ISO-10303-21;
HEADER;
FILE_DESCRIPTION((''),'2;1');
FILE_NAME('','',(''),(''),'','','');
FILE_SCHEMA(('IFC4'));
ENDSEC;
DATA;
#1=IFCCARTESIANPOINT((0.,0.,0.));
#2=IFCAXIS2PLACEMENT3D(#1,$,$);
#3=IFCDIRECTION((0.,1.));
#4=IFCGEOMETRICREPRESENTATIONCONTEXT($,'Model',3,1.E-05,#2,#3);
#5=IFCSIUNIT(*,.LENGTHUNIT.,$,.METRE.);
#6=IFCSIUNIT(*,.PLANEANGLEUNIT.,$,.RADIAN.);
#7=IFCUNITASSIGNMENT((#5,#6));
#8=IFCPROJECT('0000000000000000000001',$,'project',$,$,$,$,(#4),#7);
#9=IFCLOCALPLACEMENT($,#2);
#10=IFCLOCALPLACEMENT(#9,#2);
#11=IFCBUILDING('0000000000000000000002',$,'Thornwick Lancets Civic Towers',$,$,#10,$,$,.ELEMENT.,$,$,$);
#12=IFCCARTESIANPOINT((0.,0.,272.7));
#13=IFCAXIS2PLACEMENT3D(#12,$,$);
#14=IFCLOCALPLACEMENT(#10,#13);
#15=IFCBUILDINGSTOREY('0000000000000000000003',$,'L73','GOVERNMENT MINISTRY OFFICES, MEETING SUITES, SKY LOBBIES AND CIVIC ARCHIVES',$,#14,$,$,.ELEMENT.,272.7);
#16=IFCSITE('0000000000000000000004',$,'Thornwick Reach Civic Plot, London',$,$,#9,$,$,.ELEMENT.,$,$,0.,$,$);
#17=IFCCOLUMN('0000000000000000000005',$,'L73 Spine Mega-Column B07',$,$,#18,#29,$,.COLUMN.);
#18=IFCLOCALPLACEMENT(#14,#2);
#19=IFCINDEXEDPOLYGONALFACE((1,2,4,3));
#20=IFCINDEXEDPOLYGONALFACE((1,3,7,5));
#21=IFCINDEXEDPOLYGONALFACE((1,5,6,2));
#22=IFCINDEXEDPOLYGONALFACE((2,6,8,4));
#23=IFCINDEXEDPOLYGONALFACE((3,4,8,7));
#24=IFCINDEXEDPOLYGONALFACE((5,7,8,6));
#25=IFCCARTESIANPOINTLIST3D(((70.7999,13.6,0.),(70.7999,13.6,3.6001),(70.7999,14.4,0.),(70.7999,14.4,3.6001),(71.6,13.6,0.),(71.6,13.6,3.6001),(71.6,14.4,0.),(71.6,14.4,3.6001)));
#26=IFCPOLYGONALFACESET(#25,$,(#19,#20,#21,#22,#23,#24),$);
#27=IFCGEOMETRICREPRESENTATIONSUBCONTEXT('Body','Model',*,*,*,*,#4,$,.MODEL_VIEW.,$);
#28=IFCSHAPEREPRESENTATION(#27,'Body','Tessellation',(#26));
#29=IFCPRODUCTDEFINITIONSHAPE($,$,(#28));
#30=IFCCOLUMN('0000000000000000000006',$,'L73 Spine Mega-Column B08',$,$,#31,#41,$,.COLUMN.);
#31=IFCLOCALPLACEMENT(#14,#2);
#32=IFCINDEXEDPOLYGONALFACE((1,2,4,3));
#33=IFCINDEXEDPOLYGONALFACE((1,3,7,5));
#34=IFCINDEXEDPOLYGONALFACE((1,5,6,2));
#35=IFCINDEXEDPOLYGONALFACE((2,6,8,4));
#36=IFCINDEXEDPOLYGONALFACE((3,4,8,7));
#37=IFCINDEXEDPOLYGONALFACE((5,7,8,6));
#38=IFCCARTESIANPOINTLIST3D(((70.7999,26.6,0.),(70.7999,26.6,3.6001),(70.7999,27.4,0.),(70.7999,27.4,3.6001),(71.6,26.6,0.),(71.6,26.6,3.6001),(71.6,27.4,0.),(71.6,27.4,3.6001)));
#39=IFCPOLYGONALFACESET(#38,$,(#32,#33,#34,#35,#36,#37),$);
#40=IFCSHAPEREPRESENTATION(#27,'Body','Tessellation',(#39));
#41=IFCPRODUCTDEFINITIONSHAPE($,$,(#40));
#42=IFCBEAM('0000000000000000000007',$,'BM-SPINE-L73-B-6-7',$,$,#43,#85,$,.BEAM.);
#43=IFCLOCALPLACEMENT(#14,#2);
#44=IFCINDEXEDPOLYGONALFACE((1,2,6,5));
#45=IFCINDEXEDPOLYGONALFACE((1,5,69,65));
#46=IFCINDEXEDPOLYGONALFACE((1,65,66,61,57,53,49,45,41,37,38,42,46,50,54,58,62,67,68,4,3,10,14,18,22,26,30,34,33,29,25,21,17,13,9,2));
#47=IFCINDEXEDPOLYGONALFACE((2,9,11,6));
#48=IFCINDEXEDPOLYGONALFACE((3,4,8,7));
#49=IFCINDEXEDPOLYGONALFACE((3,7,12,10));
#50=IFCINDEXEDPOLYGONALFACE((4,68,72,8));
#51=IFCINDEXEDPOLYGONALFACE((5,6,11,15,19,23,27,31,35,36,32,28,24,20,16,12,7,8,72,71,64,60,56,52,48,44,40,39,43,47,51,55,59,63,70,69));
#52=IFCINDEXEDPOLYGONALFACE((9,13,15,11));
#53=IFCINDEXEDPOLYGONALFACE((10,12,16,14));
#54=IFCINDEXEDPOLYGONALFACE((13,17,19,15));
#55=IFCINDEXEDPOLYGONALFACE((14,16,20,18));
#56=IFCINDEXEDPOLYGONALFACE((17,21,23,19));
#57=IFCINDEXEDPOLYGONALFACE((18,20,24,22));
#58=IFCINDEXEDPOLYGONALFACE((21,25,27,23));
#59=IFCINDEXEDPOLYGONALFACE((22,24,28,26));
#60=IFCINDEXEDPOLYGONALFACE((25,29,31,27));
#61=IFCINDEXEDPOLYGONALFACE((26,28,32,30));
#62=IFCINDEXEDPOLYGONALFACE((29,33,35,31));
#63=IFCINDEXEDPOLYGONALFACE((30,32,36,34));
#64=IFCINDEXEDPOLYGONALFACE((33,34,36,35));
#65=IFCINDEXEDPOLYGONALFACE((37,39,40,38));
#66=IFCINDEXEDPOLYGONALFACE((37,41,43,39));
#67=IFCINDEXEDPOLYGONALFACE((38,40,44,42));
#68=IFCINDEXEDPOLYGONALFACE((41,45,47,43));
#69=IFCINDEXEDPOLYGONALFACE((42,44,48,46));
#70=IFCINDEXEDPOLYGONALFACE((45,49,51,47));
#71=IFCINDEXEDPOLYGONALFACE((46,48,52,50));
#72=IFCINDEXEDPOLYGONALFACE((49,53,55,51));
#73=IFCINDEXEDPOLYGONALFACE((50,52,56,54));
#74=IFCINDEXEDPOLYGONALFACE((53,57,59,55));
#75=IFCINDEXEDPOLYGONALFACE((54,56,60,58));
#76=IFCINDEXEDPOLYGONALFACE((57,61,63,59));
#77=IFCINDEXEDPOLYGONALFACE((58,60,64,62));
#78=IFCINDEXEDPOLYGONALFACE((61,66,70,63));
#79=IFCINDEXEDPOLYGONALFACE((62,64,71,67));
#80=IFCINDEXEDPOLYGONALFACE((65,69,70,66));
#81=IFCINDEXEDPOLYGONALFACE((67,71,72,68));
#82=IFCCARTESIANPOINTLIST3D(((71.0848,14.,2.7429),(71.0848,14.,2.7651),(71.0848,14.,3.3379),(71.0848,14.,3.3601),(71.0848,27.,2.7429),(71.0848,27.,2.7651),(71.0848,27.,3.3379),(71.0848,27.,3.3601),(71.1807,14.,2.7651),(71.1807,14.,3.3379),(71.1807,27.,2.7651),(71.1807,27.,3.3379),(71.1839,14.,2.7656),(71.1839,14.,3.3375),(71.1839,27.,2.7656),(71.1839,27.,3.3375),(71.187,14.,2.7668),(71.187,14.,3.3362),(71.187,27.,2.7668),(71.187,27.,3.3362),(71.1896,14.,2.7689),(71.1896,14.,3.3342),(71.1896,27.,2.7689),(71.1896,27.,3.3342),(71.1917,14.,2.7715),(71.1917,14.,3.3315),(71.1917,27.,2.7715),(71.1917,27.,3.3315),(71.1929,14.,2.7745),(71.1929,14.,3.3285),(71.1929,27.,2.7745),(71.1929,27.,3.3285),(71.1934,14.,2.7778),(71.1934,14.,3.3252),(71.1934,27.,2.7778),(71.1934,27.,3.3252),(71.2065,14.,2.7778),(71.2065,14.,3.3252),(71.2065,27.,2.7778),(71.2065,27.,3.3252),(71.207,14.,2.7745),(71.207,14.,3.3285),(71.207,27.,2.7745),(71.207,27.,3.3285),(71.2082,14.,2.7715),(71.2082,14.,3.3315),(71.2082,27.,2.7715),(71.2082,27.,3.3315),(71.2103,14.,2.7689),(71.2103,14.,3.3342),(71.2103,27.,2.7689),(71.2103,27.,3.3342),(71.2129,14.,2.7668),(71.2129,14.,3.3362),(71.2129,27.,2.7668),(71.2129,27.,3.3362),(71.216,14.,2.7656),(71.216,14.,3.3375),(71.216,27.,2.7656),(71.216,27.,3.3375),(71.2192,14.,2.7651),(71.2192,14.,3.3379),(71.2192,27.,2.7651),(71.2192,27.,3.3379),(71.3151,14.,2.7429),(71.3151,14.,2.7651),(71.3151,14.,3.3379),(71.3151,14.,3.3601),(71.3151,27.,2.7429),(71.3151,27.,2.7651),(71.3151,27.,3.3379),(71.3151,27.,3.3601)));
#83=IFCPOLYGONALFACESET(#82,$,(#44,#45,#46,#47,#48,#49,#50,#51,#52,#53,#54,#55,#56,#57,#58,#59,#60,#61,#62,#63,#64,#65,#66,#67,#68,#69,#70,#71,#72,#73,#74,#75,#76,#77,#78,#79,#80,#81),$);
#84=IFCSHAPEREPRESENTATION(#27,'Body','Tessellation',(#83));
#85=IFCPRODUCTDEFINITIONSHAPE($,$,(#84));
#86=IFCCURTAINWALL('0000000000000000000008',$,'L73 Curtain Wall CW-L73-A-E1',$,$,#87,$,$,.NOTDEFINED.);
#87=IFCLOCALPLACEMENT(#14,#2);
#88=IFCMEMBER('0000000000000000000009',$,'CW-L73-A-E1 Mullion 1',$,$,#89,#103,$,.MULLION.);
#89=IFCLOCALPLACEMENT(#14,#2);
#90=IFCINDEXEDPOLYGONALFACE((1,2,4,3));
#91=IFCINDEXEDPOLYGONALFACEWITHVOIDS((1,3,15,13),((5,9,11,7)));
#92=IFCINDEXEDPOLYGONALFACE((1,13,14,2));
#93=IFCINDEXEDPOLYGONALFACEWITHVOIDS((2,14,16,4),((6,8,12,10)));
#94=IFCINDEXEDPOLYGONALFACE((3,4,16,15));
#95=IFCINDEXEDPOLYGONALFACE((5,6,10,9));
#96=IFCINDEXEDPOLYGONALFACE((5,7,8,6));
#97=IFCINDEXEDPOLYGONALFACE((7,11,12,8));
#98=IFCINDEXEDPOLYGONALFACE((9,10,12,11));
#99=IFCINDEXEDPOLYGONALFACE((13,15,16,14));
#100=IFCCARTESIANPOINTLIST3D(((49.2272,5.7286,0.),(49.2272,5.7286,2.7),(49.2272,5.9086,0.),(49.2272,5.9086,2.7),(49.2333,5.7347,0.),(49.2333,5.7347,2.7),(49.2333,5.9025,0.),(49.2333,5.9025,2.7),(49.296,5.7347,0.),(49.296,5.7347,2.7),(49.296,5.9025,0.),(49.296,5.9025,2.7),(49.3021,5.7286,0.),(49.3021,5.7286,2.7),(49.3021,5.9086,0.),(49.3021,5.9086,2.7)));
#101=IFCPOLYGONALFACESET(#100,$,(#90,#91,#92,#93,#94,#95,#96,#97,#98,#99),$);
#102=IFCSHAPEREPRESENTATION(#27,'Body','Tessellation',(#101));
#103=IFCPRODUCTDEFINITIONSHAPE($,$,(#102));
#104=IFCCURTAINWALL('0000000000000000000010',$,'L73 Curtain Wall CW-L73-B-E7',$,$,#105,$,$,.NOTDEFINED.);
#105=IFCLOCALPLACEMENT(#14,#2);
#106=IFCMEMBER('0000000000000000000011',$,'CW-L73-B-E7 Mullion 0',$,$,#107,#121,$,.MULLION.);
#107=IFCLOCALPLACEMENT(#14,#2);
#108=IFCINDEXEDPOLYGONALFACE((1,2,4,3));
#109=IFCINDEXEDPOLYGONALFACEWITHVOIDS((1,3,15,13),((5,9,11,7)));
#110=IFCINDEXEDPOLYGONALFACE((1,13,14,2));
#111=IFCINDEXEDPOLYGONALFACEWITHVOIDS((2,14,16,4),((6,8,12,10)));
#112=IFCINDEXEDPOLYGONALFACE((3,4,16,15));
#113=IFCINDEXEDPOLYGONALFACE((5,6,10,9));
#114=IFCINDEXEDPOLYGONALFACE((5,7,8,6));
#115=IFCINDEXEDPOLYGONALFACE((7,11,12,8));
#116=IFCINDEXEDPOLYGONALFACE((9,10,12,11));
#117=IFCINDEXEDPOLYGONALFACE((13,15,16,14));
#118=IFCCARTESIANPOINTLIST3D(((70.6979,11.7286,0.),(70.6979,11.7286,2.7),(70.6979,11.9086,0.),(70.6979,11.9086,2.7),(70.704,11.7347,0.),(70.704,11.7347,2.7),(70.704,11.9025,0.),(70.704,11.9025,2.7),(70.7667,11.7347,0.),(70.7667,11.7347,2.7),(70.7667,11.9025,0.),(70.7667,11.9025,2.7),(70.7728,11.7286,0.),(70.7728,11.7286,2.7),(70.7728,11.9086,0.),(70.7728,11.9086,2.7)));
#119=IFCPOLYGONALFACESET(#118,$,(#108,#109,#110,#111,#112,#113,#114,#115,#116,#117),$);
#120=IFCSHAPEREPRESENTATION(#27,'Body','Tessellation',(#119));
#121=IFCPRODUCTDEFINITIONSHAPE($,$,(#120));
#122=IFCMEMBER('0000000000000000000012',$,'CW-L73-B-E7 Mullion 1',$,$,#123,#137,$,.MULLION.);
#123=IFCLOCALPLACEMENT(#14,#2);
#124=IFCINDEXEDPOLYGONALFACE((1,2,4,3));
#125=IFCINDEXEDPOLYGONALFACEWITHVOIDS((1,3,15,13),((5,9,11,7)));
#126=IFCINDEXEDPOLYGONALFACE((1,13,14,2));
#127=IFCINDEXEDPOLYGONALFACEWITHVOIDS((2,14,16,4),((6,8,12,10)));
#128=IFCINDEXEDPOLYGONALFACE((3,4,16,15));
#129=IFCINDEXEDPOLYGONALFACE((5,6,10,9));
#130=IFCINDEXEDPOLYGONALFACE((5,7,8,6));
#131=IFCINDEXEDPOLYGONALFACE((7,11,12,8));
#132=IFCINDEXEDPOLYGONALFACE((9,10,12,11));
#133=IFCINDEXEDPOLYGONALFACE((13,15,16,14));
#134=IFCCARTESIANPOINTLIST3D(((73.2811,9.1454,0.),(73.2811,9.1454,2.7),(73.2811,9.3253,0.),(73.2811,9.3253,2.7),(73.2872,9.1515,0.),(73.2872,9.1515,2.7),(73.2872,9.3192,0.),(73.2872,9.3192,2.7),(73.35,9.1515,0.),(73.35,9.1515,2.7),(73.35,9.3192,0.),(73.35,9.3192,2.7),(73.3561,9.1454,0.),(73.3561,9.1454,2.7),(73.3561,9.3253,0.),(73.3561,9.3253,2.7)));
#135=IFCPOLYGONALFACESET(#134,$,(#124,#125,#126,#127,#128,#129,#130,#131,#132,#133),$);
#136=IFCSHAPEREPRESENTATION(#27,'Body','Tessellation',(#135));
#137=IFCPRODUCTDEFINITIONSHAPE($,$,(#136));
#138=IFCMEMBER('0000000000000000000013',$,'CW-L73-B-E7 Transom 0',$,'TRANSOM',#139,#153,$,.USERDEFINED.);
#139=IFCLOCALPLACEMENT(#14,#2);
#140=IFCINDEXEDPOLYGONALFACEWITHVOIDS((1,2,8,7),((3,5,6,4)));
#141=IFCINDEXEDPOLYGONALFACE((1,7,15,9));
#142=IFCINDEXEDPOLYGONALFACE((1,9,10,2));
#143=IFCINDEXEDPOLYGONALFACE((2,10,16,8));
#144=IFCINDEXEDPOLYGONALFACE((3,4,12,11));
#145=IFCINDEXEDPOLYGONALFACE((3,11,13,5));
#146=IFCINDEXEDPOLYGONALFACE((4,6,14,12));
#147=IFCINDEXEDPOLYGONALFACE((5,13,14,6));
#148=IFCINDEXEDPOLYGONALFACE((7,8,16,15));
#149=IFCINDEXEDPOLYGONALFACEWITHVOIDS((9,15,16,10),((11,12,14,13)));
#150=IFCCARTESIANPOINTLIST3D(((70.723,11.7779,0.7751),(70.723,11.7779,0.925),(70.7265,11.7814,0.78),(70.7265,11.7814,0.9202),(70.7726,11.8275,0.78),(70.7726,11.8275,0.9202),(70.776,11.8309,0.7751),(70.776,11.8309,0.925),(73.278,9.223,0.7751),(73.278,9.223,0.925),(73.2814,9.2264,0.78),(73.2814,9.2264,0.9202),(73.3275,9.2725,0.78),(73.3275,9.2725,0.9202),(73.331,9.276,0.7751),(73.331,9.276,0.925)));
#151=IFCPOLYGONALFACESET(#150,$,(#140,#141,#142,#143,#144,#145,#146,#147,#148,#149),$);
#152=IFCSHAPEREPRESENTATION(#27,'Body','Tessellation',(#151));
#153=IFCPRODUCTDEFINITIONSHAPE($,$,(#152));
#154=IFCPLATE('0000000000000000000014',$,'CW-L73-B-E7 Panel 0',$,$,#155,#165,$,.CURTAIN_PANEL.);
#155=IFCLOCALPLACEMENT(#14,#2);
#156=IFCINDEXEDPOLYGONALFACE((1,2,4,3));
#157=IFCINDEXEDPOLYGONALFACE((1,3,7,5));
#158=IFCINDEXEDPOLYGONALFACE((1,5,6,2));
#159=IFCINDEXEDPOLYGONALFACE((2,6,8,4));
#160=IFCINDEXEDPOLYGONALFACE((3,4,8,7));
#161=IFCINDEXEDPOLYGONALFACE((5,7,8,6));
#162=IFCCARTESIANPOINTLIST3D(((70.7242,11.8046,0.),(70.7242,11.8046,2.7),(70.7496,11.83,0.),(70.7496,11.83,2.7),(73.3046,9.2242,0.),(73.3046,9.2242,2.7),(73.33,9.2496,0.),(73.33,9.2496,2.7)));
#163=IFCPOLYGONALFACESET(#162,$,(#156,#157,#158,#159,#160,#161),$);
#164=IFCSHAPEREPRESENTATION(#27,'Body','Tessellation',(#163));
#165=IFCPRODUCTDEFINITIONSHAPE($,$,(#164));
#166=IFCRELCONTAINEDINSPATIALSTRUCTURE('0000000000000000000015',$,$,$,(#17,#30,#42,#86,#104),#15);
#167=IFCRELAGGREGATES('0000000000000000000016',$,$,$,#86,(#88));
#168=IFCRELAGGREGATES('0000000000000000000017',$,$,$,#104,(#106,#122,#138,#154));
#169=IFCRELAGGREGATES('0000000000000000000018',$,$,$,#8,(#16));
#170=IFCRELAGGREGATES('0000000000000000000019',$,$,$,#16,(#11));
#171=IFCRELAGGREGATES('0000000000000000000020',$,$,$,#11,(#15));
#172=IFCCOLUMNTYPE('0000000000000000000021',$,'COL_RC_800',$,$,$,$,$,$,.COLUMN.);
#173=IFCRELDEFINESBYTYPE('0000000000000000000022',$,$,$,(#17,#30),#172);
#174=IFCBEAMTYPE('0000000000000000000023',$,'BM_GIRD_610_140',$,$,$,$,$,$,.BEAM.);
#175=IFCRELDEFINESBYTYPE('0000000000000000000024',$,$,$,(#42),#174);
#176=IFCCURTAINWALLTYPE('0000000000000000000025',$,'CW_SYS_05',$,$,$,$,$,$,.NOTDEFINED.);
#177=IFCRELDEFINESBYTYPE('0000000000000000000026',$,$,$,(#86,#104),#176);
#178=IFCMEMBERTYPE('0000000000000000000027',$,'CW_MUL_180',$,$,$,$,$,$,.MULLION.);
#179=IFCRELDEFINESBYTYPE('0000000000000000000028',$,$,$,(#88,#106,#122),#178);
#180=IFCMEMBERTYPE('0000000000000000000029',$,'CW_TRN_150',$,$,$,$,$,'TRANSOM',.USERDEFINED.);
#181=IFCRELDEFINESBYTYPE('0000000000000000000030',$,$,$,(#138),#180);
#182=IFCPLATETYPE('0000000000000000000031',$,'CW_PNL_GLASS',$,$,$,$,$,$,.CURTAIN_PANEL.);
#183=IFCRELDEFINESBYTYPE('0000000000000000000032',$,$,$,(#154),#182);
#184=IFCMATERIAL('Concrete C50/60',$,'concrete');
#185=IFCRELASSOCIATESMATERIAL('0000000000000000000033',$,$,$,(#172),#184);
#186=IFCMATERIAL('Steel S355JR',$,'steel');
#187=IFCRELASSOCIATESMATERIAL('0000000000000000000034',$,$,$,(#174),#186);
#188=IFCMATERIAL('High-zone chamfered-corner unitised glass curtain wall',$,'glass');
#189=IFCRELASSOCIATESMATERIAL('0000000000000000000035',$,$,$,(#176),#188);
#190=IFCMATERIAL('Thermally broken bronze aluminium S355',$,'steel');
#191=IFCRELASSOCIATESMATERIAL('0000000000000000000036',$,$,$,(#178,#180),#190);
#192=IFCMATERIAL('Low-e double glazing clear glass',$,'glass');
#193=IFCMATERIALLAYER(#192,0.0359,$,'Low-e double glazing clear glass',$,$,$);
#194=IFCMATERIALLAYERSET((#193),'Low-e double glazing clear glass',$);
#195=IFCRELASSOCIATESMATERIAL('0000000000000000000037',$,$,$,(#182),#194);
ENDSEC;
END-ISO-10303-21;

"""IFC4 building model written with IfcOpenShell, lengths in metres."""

from ifc_helpers import new_model, si_unit, direction, frame, origin, origin_2d, place, context, subcontext, project, spatial, rectangle, hollow_rectangle, i_section, extrude, material, layer, layer_set, material_profile, profile_set, type_object, element, aggregate, save


model = new_model("IFC4")

# Units and contexts
model_context = context("Model", 3, precision=1e-05, world=origin(), true_north=direction((0.0, 1.0)))
body_context = subcontext(model_context, "Body", "Model", "MODEL_VIEW")
ifc_project = project(units=[si_unit("LENGTHUNIT", "METRE"), si_unit("PLANEANGLEUNIT", "RADIAN")], contexts=[model_context])

# Site, building, storey
site_placement = place(None, origin())
site = spatial("IfcSite", under=ifc_project, at=site_placement, Name="Thornwick Reach Civic Plot, London", CompositionType="ELEMENT", RefElevation=0.0)
building_placement = place(site_placement, origin())
building = spatial("IfcBuilding", under=site, at=building_placement, Name="Thornwick Lancets Civic Towers", CompositionType="ELEMENT")
storey_placement = place(building_placement, frame((0.0, 0.0, 272.7)))
storey = spatial("IfcBuildingStorey", under=building, at=storey_placement, Name="L73", Description="GOVERNMENT MINISTRY OFFICES, MEETING SUITES, SKY LOBBIES AND CIVIC ARCHIVES", CompositionType="ELEMENT", Elevation=272.7)

# Columns
ifc_material_1 = material(Name="Concrete C50/60", Category="concrete")
ifc_material_profile_1 = material_profile(ifc_material_1, rectangle(XDim=0.8, YDim=0.8, at=origin_2d()), Name="RC 800x800")
ifc_profile_set_1 = profile_set([ifc_material_profile_1], Name="Concrete C50/60")
column_type = type_object("IfcColumnType", Name="COL_RC_800", PredefinedType="COLUMN", material=ifc_profile_set_1)
for number, where, z_axis, x_axis, name in (
    (1, (71.2, 14.0, 0.0), (0.0, 0.0, 1.0), (1.0, 0.0, 0.0), "L73 Spine Mega-Column B07"),
    (2, (71.2, 27.0, 0.0), (0.0, 0.0, 1.0), (1.0, 0.0, 0.0), "L73 Spine Mega-Column B08"),
):
    element("IfcColumn", number, at=place(storey_placement, frame(where, z_axis=z_axis, x_axis=x_axis)), inside=storey, type_object=column_type, Name=name, PredefinedType="COLUMN", context=body_context, shape_type="SweptSolid", body=[
        extrude(rectangle(XDim=0.8, YDim=0.8, at=origin_2d()), origin(), (0.0, 0.0, 1.0), 3.6001),
    ])

# Beam
ifc_material_2 = material(Name="Steel S355JR", Category="steel")
ifc_material_profile_2 = material_profile(ifc_material_2, i_section(OverallWidth=0.2302, OverallDepth=0.6172, WebThickness=0.0132, FlangeThickness=0.0222, FilletRadius=0.0127, at=origin_2d()), Name="UKB 610x229x140")
ifc_profile_set_2 = profile_set([ifc_material_profile_2], Name="Steel S355JR")
beam_type = type_object("IfcBeamType", Name="BM_GIRD_610_140", PredefinedType="BEAM", material=ifc_profile_set_2)
beam_placement = place(storey_placement, frame((71.2, 14.0, 3.0515), z_axis=(0.0, 1.0, 0.0), x_axis=(-1.0, 0.0, 0.0)))
element("IfcBeam", 3, at=beam_placement, inside=storey, type_object=beam_type, Name="BM-SPINE-L73-B-6-7", PredefinedType="BEAM", context=body_context, shape_type="SweptSolid", body=[
    extrude(i_section(OverallWidth=0.2302, OverallDepth=0.6172, WebThickness=0.0132, FlangeThickness=0.0222, FilletRadius=0.0127, at=origin_2d()), origin(), (0.0, 0.0, 1.0), 13.0),
])

# Curtain wall, member
ifc_material_3 = material(Name="High-zone chamfered-corner unitised glass curtain wall", Category="glass")
curtain_wall_type = type_object("IfcCurtainWallType", Name="CW_SYS_05", PredefinedType="NOTDEFINED", material=ifc_material_3)
curtain_wall_1_placement = place(storey_placement, origin())
curtain_wall_1 = element("IfcCurtainWall", 4, at=curtain_wall_1_placement, inside=storey, type_object=curtain_wall_type, Name="L73 Curtain Wall CW-L73-A-E1", PredefinedType="NOTDEFINED")
ifc_material_4 = material(Name="Thermally broken bronze aluminium S355", Category="steel")
ifc_material_profile_3 = material_profile(ifc_material_4, hollow_rectangle(XDim=0.075, YDim=0.1799, WallThickness=0.0061, at=origin_2d()), Name="RHS 180x75x6")
ifc_profile_set_3 = profile_set([ifc_material_profile_3], Name="Thermally broken bronze aluminium S355")
member_type_1 = type_object("IfcMemberType", Name="CW_MUL_180", PredefinedType="MULLION", material=ifc_profile_set_3)
member_1_placement = place(storey_placement, frame((49.2646, 5.8186, 0.0), z_axis=(0.0, 0.0, 1.0), x_axis=(1.0, 0.0, 0.0)))
member_1 = element("IfcMember", 5, at=member_1_placement, type_object=member_type_1, Name="CW-L73-A-E1 Mullion 1", PredefinedType="MULLION", context=body_context, shape_type="SweptSolid", body=[
    extrude(hollow_rectangle(XDim=0.075, YDim=0.1799, WallThickness=0.0061, at=origin_2d()), origin(), (0.0, 0.0, 1.0), 2.7),
])
aggregate(curtain_wall_1, [member_1])

# Curtain wall, members, plate
curtain_wall_2_placement = place(storey_placement, origin())
curtain_wall_2 = element("IfcCurtainWall", 6, at=curtain_wall_2_placement, inside=storey, type_object=curtain_wall_type, Name="L73 Curtain Wall CW-L73-B-E7", PredefinedType="NOTDEFINED")
member_2_placement = place(storey_placement, frame((70.7354, 11.8186, 0.0), z_axis=(0.0, 0.0, 1.0), x_axis=(1.0, 0.0, 0.0)))
member_2 = element("IfcMember", 7, at=member_2_placement, type_object=member_type_1, Name="CW-L73-B-E7 Mullion 0", PredefinedType="MULLION", context=body_context, shape_type="SweptSolid", body=[
    extrude(hollow_rectangle(XDim=0.075, YDim=0.1799, WallThickness=0.0061, at=origin_2d()), origin(), (0.0, 0.0, 1.0), 2.7),
])
member_3_placement = place(storey_placement, frame((73.3186, 9.2354, 0.0), z_axis=(0.0, 0.0, 1.0), x_axis=(1.0, 0.0, 0.0)))
member_3 = element("IfcMember", 8, at=member_3_placement, type_object=member_type_1, Name="CW-L73-B-E7 Mullion 1", PredefinedType="MULLION", context=body_context, shape_type="SweptSolid", body=[
    extrude(hollow_rectangle(XDim=0.075, YDim=0.1799, WallThickness=0.0061, at=origin_2d()), origin(), (0.0, 0.0, 1.0), 2.7),
])
ifc_material_profile_4 = material_profile(ifc_material_4, hollow_rectangle(XDim=0.075, YDim=0.1499, WallThickness=0.0049, at=origin_2d()), Name="RHS 150x75x5")
ifc_profile_set_4 = profile_set([ifc_material_profile_4], Name="Thermally broken bronze aluminium S355")
member_type_2 = type_object("IfcMemberType", Name="CW_TRN_150", ElementType="TRANSOM", PredefinedType="USERDEFINED", material=ifc_profile_set_4)
member_4_placement = place(storey_placement, frame((70.7495, 11.8044, 0.8501), z_axis=(0.707107, -0.707107, 0.0), x_axis=(0.707107, 0.707107, 0.0)))
member_4 = element("IfcMember", 9, at=member_4_placement, type_object=member_type_2, Name="CW-L73-B-E7 Transom 0", ObjectType="TRANSOM", PredefinedType="USERDEFINED", context=body_context, shape_type="SweptSolid", body=[
    extrude(hollow_rectangle(XDim=0.075, YDim=0.1499, WallThickness=0.0049, at=origin_2d()), origin(), (0.0, 0.0, 1.0), 3.6133),
])
ifc_material_5 = material(Name="Low-e double glazing clear glass", Category="glass")
ifc_layer_1 = layer(ifc_material_5, 0.0359, Name="Low-e double glazing clear glass")
ifc_layer_set_1 = layer_set([ifc_layer_1], Name="Low-e double glazing clear glass")
plate_type = type_object("IfcPlateType", Name="CW_PNL_GLASS", PredefinedType="CURTAIN_PANEL", material=ifc_layer_set_1)
plate_placement = place(storey_placement, frame((72.0271, 10.5271, 0.0), z_axis=(0.0, 0.0, 1.0), x_axis=(0.707107, -0.707107, 0.0)))
plate = element("IfcPlate", 10, at=plate_placement, type_object=plate_type, Name="CW-L73-B-E7 Panel 0", PredefinedType="CURTAIN_PANEL", context=body_context, shape_type="SweptSolid", body=[
    extrude(rectangle(XDim=3.6492, YDim=0.0359, at=origin_2d()), origin(), (0.0, 0.0, 1.0), 2.7),
])
aggregate(curtain_wall_2, [member_2, member_3, member_4, plate])

save(model, "model.ifc")
